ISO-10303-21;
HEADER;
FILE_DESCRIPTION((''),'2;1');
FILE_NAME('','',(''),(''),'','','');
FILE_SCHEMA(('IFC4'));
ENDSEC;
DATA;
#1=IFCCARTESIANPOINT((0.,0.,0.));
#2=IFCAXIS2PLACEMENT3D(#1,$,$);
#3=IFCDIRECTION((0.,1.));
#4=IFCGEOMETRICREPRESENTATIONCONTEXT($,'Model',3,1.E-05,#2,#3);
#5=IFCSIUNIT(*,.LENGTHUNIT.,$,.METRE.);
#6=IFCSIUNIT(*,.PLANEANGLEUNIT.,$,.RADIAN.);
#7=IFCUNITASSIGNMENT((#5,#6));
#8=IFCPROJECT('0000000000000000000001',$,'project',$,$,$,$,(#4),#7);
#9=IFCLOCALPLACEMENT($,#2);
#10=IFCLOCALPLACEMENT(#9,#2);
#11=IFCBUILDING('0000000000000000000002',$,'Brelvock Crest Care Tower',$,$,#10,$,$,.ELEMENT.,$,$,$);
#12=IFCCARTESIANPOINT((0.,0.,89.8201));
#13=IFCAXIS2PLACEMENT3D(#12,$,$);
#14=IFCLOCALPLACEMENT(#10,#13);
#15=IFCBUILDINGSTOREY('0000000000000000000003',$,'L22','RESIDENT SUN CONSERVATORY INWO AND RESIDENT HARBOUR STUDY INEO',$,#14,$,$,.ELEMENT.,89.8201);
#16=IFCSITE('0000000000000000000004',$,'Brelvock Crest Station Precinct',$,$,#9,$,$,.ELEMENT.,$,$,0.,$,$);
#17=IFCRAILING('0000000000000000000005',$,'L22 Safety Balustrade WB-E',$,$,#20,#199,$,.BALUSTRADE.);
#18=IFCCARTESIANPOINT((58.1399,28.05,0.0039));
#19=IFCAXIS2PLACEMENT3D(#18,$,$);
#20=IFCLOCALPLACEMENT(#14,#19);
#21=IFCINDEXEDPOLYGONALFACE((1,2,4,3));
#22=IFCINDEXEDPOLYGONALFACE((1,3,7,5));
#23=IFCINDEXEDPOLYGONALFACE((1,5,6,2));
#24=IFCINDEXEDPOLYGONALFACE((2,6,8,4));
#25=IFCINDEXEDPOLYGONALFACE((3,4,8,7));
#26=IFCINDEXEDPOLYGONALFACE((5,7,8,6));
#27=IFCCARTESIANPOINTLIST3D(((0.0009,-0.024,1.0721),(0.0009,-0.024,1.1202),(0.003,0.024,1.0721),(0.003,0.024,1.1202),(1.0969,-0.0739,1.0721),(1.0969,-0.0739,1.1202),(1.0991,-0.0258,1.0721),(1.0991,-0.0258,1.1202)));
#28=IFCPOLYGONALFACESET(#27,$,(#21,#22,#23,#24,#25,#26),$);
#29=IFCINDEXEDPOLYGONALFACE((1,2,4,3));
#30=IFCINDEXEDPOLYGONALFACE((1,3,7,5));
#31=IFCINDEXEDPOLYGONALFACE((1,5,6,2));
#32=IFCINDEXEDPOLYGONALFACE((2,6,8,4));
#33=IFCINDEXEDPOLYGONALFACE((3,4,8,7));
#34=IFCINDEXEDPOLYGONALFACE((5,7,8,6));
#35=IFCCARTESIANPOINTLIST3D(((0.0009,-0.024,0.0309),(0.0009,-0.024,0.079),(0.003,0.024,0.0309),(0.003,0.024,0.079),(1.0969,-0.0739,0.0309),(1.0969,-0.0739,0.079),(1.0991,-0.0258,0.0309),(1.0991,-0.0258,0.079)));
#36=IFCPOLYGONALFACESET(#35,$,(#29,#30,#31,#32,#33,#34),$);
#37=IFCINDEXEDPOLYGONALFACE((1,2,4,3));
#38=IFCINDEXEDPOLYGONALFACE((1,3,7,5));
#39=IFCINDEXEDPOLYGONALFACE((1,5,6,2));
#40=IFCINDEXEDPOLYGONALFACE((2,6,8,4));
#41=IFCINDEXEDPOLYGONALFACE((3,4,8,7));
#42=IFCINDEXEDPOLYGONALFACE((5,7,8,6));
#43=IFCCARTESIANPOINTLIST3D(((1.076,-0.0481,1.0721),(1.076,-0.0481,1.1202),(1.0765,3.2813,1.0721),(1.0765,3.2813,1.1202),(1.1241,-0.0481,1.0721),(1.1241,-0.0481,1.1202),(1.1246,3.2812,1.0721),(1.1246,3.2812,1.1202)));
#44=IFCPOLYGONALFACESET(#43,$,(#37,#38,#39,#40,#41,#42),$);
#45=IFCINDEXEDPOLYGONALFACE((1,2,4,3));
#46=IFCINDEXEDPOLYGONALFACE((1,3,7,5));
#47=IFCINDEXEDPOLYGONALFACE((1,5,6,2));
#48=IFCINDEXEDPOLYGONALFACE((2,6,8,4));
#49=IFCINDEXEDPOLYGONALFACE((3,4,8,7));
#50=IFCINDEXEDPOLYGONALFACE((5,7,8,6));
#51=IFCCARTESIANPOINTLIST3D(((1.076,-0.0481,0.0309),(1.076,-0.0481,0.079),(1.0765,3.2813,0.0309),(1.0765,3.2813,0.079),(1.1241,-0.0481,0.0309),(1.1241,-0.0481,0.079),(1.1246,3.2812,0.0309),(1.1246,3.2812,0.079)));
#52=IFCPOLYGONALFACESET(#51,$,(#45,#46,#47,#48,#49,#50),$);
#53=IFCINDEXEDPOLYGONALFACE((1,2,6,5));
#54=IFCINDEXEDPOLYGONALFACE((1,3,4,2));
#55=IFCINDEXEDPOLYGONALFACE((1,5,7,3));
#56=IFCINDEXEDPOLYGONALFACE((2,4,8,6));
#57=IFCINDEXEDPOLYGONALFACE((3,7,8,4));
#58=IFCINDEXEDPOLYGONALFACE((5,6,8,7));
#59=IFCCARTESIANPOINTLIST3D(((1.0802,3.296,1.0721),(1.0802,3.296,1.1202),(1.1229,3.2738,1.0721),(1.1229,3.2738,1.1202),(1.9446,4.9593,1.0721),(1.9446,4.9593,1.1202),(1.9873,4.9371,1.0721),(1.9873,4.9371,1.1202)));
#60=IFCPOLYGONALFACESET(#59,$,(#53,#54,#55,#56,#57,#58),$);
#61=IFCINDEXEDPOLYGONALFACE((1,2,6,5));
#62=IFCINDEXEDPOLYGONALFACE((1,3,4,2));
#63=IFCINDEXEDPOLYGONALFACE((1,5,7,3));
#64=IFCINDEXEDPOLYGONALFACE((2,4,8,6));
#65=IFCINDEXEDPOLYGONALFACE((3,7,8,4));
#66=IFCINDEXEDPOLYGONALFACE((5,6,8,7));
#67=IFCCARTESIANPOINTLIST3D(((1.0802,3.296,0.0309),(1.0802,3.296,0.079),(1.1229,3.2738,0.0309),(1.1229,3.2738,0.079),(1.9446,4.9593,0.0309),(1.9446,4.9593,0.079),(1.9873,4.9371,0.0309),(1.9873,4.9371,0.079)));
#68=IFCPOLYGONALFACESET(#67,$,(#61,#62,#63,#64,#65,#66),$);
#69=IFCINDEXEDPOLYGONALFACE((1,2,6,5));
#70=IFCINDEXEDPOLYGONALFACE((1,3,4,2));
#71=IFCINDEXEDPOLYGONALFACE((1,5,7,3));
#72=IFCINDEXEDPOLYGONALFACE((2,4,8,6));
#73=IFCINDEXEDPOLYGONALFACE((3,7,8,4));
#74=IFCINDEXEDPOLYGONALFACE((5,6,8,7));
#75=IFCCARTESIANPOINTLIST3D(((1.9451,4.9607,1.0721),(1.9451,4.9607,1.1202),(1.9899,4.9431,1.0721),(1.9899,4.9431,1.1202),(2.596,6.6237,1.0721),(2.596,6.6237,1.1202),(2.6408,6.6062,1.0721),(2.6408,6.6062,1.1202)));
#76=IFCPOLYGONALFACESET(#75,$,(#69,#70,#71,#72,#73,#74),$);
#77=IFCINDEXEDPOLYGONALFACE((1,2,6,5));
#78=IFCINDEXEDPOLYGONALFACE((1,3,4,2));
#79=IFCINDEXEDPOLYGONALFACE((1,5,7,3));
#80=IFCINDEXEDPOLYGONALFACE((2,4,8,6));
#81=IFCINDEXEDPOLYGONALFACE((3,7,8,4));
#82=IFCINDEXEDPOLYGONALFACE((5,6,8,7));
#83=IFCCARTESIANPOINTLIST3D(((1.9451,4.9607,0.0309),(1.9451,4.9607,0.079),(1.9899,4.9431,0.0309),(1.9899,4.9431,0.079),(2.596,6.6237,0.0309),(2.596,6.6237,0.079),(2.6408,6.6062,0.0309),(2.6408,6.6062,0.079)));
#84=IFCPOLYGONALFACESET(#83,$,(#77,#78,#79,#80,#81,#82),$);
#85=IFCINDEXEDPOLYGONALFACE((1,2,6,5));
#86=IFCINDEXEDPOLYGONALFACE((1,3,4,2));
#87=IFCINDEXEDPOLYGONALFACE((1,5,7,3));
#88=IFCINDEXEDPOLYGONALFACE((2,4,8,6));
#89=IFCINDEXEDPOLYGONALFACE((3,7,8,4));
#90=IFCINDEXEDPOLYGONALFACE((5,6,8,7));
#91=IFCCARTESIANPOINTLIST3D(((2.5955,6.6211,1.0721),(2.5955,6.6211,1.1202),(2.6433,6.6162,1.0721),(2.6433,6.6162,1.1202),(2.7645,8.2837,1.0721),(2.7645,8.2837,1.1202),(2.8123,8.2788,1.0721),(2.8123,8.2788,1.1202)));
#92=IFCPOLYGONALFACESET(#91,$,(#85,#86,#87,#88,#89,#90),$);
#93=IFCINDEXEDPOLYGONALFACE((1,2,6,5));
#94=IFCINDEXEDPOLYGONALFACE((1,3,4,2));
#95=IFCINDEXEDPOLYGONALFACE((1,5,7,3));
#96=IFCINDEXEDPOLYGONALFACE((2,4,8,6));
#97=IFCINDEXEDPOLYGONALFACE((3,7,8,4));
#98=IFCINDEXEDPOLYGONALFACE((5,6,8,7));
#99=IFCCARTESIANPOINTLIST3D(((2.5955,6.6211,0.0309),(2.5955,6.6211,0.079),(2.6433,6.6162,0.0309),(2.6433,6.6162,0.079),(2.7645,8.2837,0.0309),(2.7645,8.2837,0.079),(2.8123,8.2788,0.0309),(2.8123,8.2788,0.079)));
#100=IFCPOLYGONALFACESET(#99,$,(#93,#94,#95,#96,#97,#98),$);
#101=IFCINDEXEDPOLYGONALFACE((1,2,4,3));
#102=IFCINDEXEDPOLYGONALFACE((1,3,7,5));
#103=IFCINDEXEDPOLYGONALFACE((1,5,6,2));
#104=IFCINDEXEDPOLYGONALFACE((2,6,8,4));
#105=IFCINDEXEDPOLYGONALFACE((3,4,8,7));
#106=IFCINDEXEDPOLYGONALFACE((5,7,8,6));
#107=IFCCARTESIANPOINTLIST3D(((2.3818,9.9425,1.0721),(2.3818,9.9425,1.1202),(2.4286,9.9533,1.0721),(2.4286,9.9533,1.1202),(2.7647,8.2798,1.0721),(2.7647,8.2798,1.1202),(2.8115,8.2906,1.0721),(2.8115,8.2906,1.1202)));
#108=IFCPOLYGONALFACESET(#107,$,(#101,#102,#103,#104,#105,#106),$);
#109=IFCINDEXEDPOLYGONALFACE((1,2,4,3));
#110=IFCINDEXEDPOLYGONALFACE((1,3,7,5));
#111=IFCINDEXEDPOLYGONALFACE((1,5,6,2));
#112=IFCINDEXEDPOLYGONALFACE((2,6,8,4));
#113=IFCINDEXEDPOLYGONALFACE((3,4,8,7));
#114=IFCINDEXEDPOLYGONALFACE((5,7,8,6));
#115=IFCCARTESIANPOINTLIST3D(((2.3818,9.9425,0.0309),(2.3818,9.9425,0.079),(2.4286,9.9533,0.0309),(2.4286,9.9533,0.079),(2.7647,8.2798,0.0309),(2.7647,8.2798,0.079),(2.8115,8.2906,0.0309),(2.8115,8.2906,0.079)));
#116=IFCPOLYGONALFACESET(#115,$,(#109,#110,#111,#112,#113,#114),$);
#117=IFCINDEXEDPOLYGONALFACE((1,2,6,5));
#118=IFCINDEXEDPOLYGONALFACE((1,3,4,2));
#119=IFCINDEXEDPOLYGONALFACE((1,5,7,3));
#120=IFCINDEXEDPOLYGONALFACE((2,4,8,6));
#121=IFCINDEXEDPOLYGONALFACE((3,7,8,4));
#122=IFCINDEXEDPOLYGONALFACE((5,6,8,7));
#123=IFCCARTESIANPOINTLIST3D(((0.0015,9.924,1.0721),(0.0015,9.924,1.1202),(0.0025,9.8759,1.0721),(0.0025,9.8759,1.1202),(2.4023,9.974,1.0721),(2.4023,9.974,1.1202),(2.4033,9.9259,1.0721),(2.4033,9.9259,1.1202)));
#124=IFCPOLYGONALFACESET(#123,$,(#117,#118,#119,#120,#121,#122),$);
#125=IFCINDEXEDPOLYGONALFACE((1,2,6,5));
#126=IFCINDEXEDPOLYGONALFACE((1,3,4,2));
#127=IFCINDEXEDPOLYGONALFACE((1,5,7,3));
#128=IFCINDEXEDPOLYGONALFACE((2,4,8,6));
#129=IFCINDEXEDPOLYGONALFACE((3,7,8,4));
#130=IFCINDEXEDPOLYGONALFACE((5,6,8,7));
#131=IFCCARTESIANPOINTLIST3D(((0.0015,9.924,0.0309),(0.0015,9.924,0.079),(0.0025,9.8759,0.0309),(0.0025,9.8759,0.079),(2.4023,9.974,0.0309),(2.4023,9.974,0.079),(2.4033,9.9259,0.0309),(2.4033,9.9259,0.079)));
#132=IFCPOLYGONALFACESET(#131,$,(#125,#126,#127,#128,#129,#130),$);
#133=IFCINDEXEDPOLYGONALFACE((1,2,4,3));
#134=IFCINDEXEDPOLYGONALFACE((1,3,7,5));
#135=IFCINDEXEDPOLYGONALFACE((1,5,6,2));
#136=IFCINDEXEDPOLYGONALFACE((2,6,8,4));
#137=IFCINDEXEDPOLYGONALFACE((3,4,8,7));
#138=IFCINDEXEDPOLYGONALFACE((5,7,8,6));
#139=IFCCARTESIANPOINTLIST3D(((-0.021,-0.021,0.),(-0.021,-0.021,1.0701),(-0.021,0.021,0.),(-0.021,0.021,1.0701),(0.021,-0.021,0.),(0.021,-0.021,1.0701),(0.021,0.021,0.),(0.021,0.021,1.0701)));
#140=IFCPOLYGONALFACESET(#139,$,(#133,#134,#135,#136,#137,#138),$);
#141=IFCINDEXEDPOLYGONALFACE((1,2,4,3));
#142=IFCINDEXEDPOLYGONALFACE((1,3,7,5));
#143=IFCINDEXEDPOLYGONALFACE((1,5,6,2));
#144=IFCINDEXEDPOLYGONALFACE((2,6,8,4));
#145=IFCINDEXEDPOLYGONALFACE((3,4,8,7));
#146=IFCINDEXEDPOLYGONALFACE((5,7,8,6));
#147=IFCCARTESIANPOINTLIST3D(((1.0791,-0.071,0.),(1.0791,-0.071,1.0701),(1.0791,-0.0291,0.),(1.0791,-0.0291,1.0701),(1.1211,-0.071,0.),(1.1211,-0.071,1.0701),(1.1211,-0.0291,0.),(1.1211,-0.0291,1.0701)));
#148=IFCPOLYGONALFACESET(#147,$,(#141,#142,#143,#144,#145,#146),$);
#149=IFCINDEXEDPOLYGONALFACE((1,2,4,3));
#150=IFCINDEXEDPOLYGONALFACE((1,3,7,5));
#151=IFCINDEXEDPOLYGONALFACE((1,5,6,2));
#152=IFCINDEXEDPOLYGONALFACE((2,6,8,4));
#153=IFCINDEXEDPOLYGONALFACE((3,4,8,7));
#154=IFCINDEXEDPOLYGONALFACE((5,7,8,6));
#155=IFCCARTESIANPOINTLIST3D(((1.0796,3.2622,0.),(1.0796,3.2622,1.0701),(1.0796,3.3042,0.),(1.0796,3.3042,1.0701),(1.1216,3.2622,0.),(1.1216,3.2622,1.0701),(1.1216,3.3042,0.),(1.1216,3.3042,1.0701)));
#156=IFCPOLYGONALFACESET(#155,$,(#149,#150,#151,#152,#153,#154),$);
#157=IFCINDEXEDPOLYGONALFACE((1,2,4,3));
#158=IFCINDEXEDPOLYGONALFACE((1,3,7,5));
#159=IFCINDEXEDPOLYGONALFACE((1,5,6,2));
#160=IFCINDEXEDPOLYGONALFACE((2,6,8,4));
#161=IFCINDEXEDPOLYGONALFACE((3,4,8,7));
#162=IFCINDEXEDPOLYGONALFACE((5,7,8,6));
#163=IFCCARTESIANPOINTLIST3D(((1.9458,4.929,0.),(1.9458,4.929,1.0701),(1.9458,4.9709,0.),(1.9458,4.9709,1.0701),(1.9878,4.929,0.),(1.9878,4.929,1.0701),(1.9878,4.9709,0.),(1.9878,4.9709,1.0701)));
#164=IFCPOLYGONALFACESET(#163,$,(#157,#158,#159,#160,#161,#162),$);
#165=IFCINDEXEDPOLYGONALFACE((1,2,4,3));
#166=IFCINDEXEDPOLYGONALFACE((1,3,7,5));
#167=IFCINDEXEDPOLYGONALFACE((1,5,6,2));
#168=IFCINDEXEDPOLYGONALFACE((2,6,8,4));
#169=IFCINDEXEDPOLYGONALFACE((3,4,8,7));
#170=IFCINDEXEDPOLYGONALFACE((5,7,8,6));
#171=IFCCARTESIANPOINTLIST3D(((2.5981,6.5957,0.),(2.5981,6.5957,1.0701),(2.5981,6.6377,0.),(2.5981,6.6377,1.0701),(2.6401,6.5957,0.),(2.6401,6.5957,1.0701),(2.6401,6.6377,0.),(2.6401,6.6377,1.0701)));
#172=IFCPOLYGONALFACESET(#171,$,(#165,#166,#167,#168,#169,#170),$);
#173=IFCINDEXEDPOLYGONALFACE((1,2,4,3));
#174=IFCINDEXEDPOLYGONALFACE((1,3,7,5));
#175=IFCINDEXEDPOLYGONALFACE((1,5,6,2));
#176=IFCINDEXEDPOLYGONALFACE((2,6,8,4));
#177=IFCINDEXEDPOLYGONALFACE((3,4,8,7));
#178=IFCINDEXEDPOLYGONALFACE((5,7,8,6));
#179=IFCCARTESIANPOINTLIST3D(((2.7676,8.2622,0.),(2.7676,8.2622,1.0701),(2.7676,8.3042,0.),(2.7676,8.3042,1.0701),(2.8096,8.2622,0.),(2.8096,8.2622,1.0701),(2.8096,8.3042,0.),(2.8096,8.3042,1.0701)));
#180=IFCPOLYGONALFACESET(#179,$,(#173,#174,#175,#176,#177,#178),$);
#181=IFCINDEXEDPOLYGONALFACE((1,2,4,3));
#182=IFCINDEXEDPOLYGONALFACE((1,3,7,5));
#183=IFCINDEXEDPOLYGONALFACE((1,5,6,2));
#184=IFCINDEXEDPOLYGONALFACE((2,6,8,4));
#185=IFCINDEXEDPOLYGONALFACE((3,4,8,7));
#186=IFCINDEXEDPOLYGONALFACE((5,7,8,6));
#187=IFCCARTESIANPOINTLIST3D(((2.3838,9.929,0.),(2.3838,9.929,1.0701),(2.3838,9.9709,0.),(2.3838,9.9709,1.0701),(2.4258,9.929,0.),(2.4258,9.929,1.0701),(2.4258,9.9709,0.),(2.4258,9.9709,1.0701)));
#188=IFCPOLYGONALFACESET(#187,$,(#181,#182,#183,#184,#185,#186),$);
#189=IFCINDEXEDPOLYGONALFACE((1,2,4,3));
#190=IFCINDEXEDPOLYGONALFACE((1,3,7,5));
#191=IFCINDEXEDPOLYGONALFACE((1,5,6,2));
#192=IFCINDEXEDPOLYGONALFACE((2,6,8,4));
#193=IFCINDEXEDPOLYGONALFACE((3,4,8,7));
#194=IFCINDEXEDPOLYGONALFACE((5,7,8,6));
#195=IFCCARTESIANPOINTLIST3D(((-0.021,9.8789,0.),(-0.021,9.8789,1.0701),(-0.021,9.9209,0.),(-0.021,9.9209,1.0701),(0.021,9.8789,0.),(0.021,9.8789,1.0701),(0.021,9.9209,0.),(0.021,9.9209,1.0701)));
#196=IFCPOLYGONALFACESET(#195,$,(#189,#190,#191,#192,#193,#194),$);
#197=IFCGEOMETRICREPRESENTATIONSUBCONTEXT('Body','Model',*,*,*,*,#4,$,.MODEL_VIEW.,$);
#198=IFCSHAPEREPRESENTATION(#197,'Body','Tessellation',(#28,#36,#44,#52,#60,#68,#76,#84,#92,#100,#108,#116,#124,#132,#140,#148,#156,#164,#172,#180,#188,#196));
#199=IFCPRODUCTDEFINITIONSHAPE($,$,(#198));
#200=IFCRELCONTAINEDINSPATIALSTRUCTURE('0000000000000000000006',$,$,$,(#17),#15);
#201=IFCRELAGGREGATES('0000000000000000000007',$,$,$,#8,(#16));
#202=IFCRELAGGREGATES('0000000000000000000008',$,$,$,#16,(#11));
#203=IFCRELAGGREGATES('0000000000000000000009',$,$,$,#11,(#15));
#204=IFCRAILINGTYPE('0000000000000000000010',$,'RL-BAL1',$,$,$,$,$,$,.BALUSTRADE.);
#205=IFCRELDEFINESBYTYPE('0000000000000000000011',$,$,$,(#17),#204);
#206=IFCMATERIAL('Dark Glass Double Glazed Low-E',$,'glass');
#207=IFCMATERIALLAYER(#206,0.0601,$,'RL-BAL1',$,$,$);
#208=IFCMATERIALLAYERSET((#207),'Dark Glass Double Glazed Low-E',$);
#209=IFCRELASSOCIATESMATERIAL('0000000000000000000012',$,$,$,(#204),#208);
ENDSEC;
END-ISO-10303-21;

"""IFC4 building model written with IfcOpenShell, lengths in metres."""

from ifc_helpers import new_model, si_unit, direction, frame, origin, origin_2d, place, context, subcontext, project, spatial, rectangle, extrude, material, layer, layer_set, type_object, element, save


model = new_model("IFC4")

# Units and contexts
model_context = context("Model", 3, precision=1e-05, world=origin(), true_north=direction((0.0, 1.0)))
body_context = subcontext(model_context, "Body", "Model", "MODEL_VIEW")
ifc_project = project(units=[si_unit("LENGTHUNIT", "METRE"), si_unit("PLANEANGLEUNIT", "RADIAN")], contexts=[model_context])

# Site, building, storey
site_placement = place(None, origin())
site = spatial("IfcSite", under=ifc_project, at=site_placement, Name="Brelvock Crest Station Precinct", CompositionType="ELEMENT", RefElevation=0.0)
building_placement = place(site_placement, origin())
building = spatial("IfcBuilding", under=site, at=building_placement, Name="Brelvock Crest Care Tower", CompositionType="ELEMENT")
storey_placement = place(building_placement, frame((0.0, 0.0, 89.8201)))
storey = spatial("IfcBuildingStorey", under=building, at=storey_placement, Name="L22", Description="RESIDENT SUN CONSERVATORY INWO AND RESIDENT HARBOUR STUDY INEO", CompositionType="ELEMENT", Elevation=89.8201)

# Shared definitions
ifc_material_1 = material(Name="Dark Glass Double Glazed Low-E", Category="glass")

# Railing
ifc_layer_1 = layer(ifc_material_1, 0.0601, Name="RL-BAL1")
ifc_layer_set_1 = layer_set([ifc_layer_1], Name="Dark Glass Double Glazed Low-E")
railing_type = type_object("IfcRailingType", Name="RL-BAL1", PredefinedType="BALUSTRADE", material=ifc_layer_set_1)
railing_placement = place(storey_placement, frame((58.1399, 28.05, 0.0039)))
element("IfcRailing", 1, at=railing_placement, inside=storey, type_object=railing_type, Name="L22 Safety Balustrade WB-E", PredefinedType="BALUSTRADE", context=body_context, shape_type="SweptSolid", body=[
    extrude(rectangle(XDim=0.0481, YDim=0.0481, at=origin_2d()), frame((0.002, 0.0, 1.0962), z_axis=(0.998967, -0.045448, 0.0), x_axis=(0.045448, 0.998967, 0.0)), (0.0, 0.0, 1.0), 1.0972),
    extrude(rectangle(XDim=0.0481, YDim=0.0481, at=origin_2d()), frame((0.002, 0.0, 0.0549), z_axis=(0.998967, -0.045448, 0.0), x_axis=(0.045448, 0.998967, 0.0)), (0.0, 0.0, 1.0), 1.0972),
    extrude(rectangle(XDim=0.0481, YDim=0.0481, at=origin_2d()), frame((1.1001, -0.0481, 1.0962), z_axis=(0.000146, 1.0, 0.0), x_axis=(-1.0, 0.000146, 0.0)), (0.0, 0.0, 1.0), 3.3293),
    extrude(rectangle(XDim=0.0481, YDim=0.0481, at=origin_2d()), frame((1.1001, -0.0481, 0.0549), z_axis=(0.000146, 1.0, 0.0), x_axis=(-1.0, 0.000146, 0.0)), (0.0, 0.0, 1.0), 3.3293),
    extrude(rectangle(XDim=0.0481, YDim=0.0481, at=origin_2d()), frame((1.1016, 3.2849, 1.0962), z_axis=(0.461144, 0.887325, 0.0), x_axis=(-0.887325, 0.461144, 0.0)), (0.0, 0.0, 1.0), 1.8745),
    extrude(rectangle(XDim=0.0481, YDim=0.0481, at=origin_2d()), frame((1.1016, 3.2849, 0.0549), z_axis=(0.461144, 0.887325, 0.0), x_axis=(-0.887325, 0.461144, 0.0)), (0.0, 0.0, 1.0), 1.8745),
    extrude(rectangle(XDim=0.0481, YDim=0.0481, at=origin_2d()), frame((1.9675, 4.9519, 1.0962), z_axis=(0.364466, 0.931217, 0.0), x_axis=(-0.931217, 0.364466, 0.0)), (0.0, 0.0, 1.0), 1.7859),
    extrude(rectangle(XDim=0.0481, YDim=0.0481, at=origin_2d()), frame((1.9675, 4.9519, 0.0549), z_axis=(0.364466, 0.931217, 0.0), x_axis=(-0.931217, 0.364466, 0.0)), (0.0, 0.0, 1.0), 1.7859),
    extrude(rectangle(XDim=0.0481, YDim=0.0481, at=origin_2d()), frame((2.6194, 6.6187, 1.0962), z_axis=(0.101149, 0.994871, 0.0), x_axis=(-0.994871, 0.101149, 0.0)), (0.0, 0.0, 1.0), 1.6711),
    extrude(rectangle(XDim=0.0481, YDim=0.0481, at=origin_2d()), frame((2.6194, 6.6187, 0.0549), z_axis=(0.101149, 0.994871, 0.0), x_axis=(-0.994871, 0.101149, 0.0)), (0.0, 0.0, 1.0), 1.6711),
    extrude(rectangle(XDim=0.0481, YDim=0.0481, at=origin_2d()), frame((2.7881, 8.2852, 1.0962), z_axis=(-0.22439, 0.974499, 0.0), x_axis=(-0.974499, -0.22439, 0.0)), (0.0, 0.0, 1.0), 1.7063),
    extrude(rectangle(XDim=0.0481, YDim=0.0481, at=origin_2d()), frame((2.7881, 8.2852, 0.0549), z_axis=(-0.22439, 0.974499, 0.0), x_axis=(-0.974499, -0.22439, 0.0)), (0.0, 0.0, 1.0), 1.7063),
    extrude(rectangle(XDim=0.0481, YDim=0.0481, at=origin_2d()), frame((2.4028, 9.95, 1.0962), z_axis=(-0.999783, -0.020808, 0.0), x_axis=(0.020808, -0.999783, 0.0)), (0.0, 0.0, 1.0), 2.4014),
    extrude(rectangle(XDim=0.0481, YDim=0.0481, at=origin_2d()), frame((2.4028, 9.95, 0.0549), z_axis=(-0.999783, -0.020808, 0.0), x_axis=(0.020808, -0.999783, 0.0)), (0.0, 0.0, 1.0), 2.4014),
    extrude(rectangle(XDim=0.042, YDim=0.042, at=origin_2d()), origin(), (0.0, 0.0, 1.0), 1.0701),
    extrude(rectangle(XDim=0.042, YDim=0.042, at=origin_2d()), frame((1.1001, -0.05, 0.0)), (0.0, 0.0, 1.0), 1.0701),
    extrude(rectangle(XDim=0.042, YDim=0.042, at=origin_2d()), frame((1.1006, 3.2832, 0.0)), (0.0, 0.0, 1.0), 1.0701),
    extrude(rectangle(XDim=0.042, YDim=0.042, at=origin_2d()), frame((1.9668, 4.95, 0.0)), (0.0, 0.0, 1.0), 1.0701),
    extrude(rectangle(XDim=0.042, YDim=0.042, at=origin_2d()), frame((2.6191, 6.6167, 0.0)), (0.0, 0.0, 1.0), 1.0701),
    extrude(rectangle(XDim=0.042, YDim=0.042, at=origin_2d()), frame((2.7886, 8.2832, 0.0)), (0.0, 0.0, 1.0), 1.0701),
    extrude(rectangle(XDim=0.042, YDim=0.042, at=origin_2d()), frame((2.4048, 9.95, 0.0)), (0.0, 0.0, 1.0), 1.0701),
    extrude(rectangle(XDim=0.042, YDim=0.042, at=origin_2d()), frame((0.0, 9.8999, 0.0)), (0.0, 0.0, 1.0), 1.0701),
])

save(model, "model.ifc")
